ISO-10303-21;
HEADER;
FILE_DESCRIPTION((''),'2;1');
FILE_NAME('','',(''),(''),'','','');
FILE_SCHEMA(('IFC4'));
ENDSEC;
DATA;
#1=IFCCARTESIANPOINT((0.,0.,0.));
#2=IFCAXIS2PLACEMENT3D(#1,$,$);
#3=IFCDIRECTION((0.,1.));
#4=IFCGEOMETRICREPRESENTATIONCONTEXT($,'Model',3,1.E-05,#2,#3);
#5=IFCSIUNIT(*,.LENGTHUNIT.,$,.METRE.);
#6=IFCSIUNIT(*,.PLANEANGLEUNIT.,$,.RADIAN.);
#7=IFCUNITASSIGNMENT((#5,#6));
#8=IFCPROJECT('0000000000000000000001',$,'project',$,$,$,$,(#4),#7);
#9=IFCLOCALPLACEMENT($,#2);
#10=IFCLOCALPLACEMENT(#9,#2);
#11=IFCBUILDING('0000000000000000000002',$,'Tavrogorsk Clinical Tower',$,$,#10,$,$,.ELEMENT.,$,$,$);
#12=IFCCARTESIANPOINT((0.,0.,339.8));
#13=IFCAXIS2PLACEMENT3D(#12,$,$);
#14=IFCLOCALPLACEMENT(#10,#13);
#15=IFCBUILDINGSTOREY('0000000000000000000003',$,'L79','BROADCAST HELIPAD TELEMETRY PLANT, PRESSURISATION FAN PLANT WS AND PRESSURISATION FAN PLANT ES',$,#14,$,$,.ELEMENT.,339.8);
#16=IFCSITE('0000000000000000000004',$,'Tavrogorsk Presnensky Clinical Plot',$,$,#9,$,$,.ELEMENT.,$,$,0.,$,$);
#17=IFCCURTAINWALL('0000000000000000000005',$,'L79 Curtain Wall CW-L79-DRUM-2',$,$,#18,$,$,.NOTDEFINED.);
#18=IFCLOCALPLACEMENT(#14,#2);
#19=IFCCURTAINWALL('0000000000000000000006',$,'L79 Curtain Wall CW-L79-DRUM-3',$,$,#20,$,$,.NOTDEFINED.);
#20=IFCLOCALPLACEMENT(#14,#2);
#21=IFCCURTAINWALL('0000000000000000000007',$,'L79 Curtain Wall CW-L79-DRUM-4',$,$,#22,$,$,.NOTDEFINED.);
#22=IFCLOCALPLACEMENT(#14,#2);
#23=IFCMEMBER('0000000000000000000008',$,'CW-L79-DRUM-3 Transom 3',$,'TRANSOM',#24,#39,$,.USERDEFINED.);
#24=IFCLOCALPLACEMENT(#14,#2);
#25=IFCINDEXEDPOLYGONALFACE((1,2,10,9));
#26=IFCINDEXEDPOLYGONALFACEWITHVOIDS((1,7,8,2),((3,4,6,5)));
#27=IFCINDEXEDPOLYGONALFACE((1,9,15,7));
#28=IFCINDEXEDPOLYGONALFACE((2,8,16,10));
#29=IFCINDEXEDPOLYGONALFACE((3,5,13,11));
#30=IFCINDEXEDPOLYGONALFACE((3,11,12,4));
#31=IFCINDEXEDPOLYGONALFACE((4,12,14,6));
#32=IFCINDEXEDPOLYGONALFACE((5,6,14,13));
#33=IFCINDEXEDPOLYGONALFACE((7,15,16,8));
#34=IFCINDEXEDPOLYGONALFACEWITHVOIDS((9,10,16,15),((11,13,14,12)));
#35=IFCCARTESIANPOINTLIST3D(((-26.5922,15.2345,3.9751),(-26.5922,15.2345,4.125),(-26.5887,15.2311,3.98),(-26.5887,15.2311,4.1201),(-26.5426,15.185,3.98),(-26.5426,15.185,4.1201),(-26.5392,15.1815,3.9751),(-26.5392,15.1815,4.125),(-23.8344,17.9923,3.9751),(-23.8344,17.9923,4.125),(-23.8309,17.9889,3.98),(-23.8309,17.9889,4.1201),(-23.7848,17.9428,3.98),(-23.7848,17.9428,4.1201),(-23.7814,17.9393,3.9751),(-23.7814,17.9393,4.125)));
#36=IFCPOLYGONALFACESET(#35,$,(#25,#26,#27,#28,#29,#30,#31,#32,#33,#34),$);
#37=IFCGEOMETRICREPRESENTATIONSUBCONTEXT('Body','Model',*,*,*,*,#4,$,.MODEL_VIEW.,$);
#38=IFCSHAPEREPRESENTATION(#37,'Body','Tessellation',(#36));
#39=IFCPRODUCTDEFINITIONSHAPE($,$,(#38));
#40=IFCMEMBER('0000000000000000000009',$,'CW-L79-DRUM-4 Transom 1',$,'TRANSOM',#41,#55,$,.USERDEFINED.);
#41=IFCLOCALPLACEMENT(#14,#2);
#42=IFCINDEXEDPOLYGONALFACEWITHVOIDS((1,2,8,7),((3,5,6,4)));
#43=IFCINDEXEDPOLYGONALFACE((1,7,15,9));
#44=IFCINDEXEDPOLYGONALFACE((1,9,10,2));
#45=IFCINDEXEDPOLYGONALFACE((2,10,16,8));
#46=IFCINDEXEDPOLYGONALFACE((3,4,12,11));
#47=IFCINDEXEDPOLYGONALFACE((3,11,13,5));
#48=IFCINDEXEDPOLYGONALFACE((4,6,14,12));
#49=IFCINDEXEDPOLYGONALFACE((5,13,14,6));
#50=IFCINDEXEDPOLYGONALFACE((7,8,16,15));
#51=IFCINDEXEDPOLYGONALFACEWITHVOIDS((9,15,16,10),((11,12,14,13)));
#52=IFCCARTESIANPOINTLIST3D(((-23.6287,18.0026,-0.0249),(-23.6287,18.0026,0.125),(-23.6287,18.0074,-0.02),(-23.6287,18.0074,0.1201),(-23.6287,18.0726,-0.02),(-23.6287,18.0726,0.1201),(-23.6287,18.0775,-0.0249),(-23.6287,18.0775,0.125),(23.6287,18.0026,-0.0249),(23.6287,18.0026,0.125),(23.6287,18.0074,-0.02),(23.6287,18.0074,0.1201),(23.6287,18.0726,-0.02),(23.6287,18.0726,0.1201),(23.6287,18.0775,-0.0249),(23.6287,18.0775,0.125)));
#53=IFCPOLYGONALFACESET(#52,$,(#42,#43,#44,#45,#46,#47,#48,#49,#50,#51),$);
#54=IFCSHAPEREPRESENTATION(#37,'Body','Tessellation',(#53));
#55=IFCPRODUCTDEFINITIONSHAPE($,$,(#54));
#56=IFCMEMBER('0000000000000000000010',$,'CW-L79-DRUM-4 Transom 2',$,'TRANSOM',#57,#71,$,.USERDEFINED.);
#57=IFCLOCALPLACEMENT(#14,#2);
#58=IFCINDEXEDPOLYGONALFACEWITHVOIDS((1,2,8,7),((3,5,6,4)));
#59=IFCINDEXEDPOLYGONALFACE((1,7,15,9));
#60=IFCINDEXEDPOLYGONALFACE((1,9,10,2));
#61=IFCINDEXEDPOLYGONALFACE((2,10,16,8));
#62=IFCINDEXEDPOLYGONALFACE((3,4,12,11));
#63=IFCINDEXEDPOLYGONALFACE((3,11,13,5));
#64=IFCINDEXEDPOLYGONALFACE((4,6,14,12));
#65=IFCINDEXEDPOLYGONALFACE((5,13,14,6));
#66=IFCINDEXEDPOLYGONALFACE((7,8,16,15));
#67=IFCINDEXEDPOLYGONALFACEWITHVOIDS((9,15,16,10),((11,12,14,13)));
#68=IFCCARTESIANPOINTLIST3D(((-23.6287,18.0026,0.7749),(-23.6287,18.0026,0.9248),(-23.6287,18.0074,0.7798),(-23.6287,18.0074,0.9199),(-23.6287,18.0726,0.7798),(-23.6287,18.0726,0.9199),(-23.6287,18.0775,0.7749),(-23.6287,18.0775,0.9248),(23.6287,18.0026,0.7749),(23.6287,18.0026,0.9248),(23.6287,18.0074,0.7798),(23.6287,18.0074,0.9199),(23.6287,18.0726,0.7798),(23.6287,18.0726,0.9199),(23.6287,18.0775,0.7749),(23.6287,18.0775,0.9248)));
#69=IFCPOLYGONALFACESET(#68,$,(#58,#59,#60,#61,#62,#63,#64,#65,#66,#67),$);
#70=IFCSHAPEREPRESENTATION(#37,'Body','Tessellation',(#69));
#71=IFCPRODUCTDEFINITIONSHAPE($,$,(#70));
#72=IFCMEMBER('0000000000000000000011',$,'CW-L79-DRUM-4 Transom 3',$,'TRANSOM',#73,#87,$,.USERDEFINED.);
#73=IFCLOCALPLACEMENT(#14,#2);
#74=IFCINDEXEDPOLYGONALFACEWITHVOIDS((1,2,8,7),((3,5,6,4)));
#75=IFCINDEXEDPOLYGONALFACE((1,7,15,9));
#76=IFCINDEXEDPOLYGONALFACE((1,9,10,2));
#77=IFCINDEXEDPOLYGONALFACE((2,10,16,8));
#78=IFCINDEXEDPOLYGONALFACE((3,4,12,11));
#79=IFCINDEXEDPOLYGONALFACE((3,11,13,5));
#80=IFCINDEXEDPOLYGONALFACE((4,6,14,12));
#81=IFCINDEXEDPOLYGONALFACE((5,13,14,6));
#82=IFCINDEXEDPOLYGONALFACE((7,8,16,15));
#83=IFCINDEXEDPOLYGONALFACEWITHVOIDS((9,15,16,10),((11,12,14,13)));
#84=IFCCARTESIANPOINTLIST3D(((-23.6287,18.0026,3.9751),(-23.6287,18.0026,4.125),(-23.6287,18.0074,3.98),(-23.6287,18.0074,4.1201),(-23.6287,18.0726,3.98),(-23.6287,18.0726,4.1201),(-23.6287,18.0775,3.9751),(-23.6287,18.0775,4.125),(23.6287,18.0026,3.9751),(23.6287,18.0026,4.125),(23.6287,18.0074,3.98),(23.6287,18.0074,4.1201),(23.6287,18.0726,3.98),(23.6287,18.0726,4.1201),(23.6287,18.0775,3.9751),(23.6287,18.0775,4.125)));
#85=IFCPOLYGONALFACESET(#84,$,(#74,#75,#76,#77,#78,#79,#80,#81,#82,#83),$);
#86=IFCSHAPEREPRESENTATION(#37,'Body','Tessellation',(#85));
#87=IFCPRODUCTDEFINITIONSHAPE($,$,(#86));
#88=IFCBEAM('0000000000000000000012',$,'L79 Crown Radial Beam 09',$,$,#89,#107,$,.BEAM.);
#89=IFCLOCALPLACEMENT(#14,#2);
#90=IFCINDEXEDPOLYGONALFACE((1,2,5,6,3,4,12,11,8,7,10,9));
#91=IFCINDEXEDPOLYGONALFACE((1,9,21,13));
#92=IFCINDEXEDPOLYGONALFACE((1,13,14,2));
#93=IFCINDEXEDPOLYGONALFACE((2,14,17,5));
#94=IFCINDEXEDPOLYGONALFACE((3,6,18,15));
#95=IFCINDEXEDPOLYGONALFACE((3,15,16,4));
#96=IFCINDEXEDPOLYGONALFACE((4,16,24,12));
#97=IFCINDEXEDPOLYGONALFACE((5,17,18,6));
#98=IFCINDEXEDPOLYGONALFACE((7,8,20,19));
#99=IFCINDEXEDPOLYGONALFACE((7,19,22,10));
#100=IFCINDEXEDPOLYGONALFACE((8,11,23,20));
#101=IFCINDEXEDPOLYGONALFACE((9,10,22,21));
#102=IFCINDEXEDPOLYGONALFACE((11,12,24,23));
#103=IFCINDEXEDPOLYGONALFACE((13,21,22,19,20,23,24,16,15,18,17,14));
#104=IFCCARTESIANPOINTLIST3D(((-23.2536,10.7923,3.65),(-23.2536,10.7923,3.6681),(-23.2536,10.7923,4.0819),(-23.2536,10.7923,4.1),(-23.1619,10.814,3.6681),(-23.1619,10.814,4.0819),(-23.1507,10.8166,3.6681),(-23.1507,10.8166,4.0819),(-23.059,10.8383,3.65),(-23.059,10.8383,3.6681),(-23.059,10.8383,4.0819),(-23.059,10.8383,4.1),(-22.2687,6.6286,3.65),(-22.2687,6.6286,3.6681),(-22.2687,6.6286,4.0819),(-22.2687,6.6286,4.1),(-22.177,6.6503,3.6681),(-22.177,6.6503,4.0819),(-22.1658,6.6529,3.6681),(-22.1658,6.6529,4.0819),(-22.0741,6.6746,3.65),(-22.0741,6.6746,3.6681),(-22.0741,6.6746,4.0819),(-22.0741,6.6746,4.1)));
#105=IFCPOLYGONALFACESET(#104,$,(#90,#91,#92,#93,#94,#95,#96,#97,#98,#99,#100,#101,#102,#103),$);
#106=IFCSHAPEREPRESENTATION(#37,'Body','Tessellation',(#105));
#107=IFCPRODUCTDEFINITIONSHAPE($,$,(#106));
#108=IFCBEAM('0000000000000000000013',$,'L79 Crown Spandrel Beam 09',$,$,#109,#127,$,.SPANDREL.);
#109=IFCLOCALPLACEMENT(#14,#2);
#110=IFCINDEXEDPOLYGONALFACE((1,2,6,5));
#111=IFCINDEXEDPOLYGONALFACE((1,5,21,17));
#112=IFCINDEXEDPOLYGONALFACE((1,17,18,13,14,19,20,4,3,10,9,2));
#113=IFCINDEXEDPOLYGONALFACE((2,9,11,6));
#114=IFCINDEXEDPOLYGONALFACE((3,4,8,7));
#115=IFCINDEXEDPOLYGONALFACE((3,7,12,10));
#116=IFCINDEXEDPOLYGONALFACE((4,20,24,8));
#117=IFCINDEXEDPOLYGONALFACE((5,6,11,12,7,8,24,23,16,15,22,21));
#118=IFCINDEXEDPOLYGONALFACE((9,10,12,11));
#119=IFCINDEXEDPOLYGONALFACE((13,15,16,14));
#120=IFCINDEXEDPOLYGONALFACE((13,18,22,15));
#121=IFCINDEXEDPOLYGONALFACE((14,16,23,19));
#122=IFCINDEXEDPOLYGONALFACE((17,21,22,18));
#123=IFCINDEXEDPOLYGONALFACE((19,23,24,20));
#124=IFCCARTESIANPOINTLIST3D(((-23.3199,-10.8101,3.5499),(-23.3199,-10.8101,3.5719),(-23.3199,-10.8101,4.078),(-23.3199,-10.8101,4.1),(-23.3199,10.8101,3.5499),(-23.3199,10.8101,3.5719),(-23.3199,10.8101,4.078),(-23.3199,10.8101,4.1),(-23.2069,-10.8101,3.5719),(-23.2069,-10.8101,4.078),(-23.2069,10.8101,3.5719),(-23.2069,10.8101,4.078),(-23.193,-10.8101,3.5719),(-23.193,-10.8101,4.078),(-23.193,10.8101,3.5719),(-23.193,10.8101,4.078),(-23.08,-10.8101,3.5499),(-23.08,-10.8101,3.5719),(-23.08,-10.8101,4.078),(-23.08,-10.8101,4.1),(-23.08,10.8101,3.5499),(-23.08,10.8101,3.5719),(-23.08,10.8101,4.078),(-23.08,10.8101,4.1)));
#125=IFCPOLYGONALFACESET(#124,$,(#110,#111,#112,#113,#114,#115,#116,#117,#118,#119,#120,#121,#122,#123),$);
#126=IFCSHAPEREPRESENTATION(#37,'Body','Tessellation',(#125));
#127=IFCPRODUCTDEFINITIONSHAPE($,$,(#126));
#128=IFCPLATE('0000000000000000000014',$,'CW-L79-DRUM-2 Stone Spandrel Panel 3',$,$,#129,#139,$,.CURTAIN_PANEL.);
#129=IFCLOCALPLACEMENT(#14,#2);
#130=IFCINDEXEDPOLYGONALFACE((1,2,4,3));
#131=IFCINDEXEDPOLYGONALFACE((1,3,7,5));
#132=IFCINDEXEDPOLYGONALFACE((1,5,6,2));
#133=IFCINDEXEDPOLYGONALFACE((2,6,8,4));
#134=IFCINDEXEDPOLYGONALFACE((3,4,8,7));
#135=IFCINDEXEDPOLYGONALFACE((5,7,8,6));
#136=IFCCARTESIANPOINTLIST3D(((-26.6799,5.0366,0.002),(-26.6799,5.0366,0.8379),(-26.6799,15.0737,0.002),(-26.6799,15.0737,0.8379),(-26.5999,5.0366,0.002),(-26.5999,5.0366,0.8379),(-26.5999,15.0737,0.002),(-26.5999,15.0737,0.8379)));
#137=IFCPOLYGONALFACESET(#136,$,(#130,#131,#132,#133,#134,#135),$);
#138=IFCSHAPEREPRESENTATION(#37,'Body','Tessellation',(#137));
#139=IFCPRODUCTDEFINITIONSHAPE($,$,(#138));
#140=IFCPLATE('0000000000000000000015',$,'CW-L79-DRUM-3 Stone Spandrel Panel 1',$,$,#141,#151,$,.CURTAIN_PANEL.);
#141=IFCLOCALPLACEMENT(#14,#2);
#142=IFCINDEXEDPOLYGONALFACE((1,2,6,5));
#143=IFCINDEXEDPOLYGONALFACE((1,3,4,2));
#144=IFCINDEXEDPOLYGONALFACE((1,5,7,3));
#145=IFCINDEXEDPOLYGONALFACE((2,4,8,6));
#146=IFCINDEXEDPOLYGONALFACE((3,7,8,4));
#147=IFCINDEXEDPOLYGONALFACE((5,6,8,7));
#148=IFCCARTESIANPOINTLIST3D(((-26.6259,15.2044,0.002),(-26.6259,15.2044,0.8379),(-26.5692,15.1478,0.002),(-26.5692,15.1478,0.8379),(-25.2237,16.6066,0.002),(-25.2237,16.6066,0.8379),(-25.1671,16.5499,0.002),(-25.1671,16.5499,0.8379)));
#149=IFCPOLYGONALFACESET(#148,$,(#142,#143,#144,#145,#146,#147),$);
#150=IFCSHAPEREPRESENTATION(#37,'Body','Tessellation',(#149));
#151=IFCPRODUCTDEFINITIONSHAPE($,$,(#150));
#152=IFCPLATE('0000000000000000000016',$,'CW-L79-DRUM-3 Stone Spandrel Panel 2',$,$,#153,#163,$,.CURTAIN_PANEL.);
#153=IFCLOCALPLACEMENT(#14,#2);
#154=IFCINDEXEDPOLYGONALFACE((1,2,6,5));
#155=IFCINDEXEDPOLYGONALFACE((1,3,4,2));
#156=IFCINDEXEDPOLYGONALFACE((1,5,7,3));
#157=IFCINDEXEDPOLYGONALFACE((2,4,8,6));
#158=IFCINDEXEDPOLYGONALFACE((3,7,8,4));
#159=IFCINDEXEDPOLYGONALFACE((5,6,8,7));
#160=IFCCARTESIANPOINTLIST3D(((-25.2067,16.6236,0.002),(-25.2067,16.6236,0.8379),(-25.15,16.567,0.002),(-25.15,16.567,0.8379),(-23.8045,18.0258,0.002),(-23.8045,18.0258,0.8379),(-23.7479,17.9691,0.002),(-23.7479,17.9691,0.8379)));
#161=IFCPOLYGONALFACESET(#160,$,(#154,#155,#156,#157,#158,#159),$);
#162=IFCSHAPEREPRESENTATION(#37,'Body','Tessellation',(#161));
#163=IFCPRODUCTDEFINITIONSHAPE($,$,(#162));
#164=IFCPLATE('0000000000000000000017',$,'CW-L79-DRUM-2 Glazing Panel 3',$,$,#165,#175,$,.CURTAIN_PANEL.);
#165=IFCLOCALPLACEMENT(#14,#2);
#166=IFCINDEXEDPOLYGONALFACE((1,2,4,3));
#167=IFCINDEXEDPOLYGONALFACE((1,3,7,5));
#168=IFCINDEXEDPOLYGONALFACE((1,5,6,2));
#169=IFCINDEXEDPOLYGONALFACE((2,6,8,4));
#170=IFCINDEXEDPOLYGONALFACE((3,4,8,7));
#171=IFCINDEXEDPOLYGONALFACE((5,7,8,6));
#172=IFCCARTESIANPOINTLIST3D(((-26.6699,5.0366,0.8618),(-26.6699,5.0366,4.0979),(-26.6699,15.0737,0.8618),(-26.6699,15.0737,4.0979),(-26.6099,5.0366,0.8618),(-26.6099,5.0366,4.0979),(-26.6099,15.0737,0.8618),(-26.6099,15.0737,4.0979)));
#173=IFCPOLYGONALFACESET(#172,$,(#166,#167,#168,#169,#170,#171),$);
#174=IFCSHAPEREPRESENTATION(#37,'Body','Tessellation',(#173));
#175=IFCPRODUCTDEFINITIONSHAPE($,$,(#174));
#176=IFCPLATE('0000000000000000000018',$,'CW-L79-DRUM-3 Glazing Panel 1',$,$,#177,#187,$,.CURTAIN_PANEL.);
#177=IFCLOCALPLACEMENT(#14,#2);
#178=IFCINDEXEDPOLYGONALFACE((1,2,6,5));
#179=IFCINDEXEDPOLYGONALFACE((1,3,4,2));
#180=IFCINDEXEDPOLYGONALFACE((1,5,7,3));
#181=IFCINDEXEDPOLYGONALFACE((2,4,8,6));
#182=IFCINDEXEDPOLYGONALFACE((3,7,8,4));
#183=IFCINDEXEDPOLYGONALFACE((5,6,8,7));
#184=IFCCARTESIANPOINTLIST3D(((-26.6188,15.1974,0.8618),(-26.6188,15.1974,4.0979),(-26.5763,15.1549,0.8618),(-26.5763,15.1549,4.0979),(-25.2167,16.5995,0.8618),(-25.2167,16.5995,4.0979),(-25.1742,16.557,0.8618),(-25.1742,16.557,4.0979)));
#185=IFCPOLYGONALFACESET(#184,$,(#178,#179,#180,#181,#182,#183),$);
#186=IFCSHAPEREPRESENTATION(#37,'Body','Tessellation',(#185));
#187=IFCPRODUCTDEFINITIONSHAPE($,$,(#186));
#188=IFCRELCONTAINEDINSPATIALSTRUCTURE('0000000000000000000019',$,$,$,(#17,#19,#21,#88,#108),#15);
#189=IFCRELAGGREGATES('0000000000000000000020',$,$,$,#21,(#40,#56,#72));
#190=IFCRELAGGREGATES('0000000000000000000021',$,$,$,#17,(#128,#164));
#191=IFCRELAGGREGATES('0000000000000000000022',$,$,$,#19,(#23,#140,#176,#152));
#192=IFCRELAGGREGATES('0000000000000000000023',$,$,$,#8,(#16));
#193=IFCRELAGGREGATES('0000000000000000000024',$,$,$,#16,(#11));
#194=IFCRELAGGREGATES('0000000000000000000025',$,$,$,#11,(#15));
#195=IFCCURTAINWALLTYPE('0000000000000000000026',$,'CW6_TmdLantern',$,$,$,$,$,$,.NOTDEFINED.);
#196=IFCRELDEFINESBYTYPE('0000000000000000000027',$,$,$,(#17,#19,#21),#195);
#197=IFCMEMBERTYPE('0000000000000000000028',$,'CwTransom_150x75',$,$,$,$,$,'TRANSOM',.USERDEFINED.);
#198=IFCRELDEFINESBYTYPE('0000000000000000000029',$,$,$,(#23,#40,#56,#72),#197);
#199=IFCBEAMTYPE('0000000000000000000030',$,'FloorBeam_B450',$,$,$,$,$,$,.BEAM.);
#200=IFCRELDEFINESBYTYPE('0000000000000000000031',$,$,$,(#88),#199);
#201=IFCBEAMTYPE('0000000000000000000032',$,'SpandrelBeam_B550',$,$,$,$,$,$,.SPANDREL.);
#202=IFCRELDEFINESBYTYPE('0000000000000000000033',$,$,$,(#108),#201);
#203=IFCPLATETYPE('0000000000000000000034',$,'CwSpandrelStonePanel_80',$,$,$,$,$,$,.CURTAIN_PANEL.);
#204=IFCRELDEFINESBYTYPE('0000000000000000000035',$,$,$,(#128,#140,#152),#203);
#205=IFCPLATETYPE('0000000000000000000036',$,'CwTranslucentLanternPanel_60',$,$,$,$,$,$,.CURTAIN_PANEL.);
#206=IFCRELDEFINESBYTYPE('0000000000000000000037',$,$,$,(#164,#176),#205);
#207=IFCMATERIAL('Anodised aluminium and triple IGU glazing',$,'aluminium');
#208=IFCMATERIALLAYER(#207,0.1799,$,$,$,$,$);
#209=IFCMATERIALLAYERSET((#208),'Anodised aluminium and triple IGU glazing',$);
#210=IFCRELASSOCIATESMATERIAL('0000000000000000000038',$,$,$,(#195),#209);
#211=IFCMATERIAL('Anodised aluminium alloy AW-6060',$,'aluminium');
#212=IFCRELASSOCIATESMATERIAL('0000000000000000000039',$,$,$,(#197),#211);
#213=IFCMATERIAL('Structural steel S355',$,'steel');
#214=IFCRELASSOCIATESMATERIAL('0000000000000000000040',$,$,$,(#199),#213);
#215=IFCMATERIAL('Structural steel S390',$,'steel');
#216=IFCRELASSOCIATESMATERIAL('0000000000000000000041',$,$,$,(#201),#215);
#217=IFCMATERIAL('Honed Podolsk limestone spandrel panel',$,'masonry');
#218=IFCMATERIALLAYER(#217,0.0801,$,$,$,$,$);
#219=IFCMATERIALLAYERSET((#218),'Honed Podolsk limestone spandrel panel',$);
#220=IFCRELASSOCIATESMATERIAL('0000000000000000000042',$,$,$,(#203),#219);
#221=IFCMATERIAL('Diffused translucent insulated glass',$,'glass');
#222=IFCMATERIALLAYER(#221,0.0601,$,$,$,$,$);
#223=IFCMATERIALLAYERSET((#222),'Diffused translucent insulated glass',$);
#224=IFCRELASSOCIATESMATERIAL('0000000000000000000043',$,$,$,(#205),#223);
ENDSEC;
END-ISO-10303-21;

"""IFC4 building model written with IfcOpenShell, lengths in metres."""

from ifc_helpers import new_model, si_unit, direction, frame, origin, origin_2d, place, context, subcontext, project, spatial, rectangle, hollow_rectangle, i_section, extrude, material, layer, layer_set, material_profile, profile_set, type_object, element, aggregate, save


model = new_model("IFC4")

# Units and contexts
model_context = context("Model", 3, precision=1e-05, world=origin(), true_north=direction((0.0, 1.0)))
body_context = subcontext(model_context, "Body", "Model", "MODEL_VIEW")
ifc_project = project(units=[si_unit("LENGTHUNIT", "METRE"), si_unit("PLANEANGLEUNIT", "RADIAN")], contexts=[model_context])

# Site, building, storey
site_placement = place(None, origin())
site = spatial("IfcSite", under=ifc_project, at=site_placement, Name="Tavrogorsk Presnensky Clinical Plot", CompositionType="ELEMENT", RefElevation=0.0)
building_placement = place(site_placement, origin())
building = spatial("IfcBuilding", under=site, at=building_placement, Name="Tavrogorsk Clinical Tower", CompositionType="ELEMENT")
storey_placement = place(building_placement, frame((0.0, 0.0, 339.8)))
storey = spatial("IfcBuildingStorey", under=building, at=storey_placement, Name="L79", Description="BROADCAST HELIPAD TELEMETRY PLANT, PRESSURISATION FAN PLANT WS AND PRESSURISATION FAN PLANT ES", CompositionType="ELEMENT", Elevation=339.8)

# Curtain walls
ifc_material_1 = material(Name="Anodised aluminium and triple IGU glazing", Category="aluminium")
ifc_layer_1 = layer(ifc_material_1, 0.1799)
ifc_layer_set_1 = layer_set([ifc_layer_1], Name="Anodised aluminium and triple IGU glazing")
curtain_wall_type = type_object("IfcCurtainWallType", Name="CW6_TmdLantern", PredefinedType="NOTDEFINED", material=ifc_layer_set_1)
curtain_wall_1_placement = place(storey_placement, origin())
curtain_wall_1 = element("IfcCurtainWall", 1, at=curtain_wall_1_placement, inside=storey, type_object=curtain_wall_type, Name="L79 Curtain Wall CW-L79-DRUM-2", PredefinedType="NOTDEFINED")
curtain_wall_2_placement = place(storey_placement, origin())
curtain_wall_2 = element("IfcCurtainWall", 2, at=curtain_wall_2_placement, inside=storey, type_object=curtain_wall_type, Name="L79 Curtain Wall CW-L79-DRUM-3", PredefinedType="NOTDEFINED")

# Curtain wall
curtain_wall_3_placement = place(storey_placement, origin())
curtain_wall_3 = element("IfcCurtainWall", 3, at=curtain_wall_3_placement, inside=storey, type_object=curtain_wall_type, Name="L79 Curtain Wall CW-L79-DRUM-4", PredefinedType="NOTDEFINED")

# Members
ifc_material_2 = material(Name="Anodised aluminium alloy AW-6060", Category="aluminium")
ifc_material_profile_1 = material_profile(ifc_material_2, hollow_rectangle(XDim=0.075, YDim=0.1499, WallThickness=0.0049, at=origin_2d()), Name="RHS-150x75x5")
ifc_profile_set_1 = profile_set([ifc_material_profile_1], Name="Anodised aluminium alloy AW-6060")
member_type_1 = type_object("IfcMemberType", Name="CwTransom_150x75", ElementType="TRANSOM", PredefinedType="USERDEFINED", material=ifc_profile_set_1)
member_1_placement = place(storey_placement, frame((-26.5657, 15.208, 4.05), z_axis=(0.707107, 0.707107, 0.0), x_axis=(-0.707107, 0.707107, 0.0)))
member_1 = element("IfcMember", 4, at=member_1_placement, type_object=member_type_1, Name="CW-L79-DRUM-3 Transom 3", ObjectType="TRANSOM", PredefinedType="USERDEFINED", context=body_context, shape_type="SweptSolid", body=[
    extrude(hollow_rectangle(XDim=0.075, YDim=0.1499, WallThickness=0.0049, at=origin_2d()), origin(), (0.0, 0.0, 1.0), 3.9001),
])
member_2_placement = place(storey_placement, frame((-23.6287, 18.04, 0.05), z_axis=(1.0, 0.0, 0.0), x_axis=(0.0, 1.0, 0.0)))
member_2 = element("IfcMember", 5, at=member_2_placement, type_object=member_type_1, Name="CW-L79-DRUM-4 Transom 1", ObjectType="TRANSOM", PredefinedType="USERDEFINED", context=body_context, shape_type="SweptSolid", body=[
    extrude(hollow_rectangle(XDim=0.075, YDim=0.1499, WallThickness=0.0049, at=origin_2d()), origin(), (0.0, 0.0, 1.0), 47.2573),
])
member_3_placement = place(storey_placement, frame((-23.6287, 18.04, 0.8499), z_axis=(1.0, 0.0, 0.0), x_axis=(0.0, 1.0, 0.0)))
member_3 = element("IfcMember", 6, at=member_3_placement, type_object=member_type_1, Name="CW-L79-DRUM-4 Transom 2", ObjectType="TRANSOM", PredefinedType="USERDEFINED", context=body_context, shape_type="SweptSolid", body=[
    extrude(hollow_rectangle(XDim=0.075, YDim=0.1499, WallThickness=0.0049, at=origin_2d()), origin(), (0.0, 0.0, 1.0), 47.2573),
])
member_4_placement = place(storey_placement, frame((-23.6287, 18.04, 4.05), z_axis=(1.0, 0.0, 0.0), x_axis=(0.0, 1.0, 0.0)))
member_4 = element("IfcMember", 7, at=member_4_placement, type_object=member_type_1, Name="CW-L79-DRUM-4 Transom 3", ObjectType="TRANSOM", PredefinedType="USERDEFINED", context=body_context, shape_type="SweptSolid", body=[
    extrude(hollow_rectangle(XDim=0.075, YDim=0.1499, WallThickness=0.0049, at=origin_2d()), origin(), (0.0, 0.0, 1.0), 47.2573),
])
aggregate(curtain_wall_3, [member_2, member_3, member_4])

# Beams
ifc_material_3 = material(Name="Structural steel S355", Category="steel")
ifc_material_profile_2 = material_profile(ifc_material_3, i_section(OverallWidth=0.2, OverallDepth=0.45, WebThickness=0.0115, FlangeThickness=0.0181, at=origin_2d()), Name="B-450x200x11.5x18")
ifc_profile_set_2 = profile_set([ifc_material_profile_2], Name="Structural steel S355")
beam_type_1 = type_object("IfcBeamType", Name="FloorBeam_B450", PredefinedType="BEAM", material=ifc_profile_set_2)
beam_1_placement = place(storey_placement, frame((-22.1714, 6.6516, 3.875), z_axis=(-0.230191, 0.973146, 0.0), x_axis=(-0.973146, -0.230191, 0.0)))
element("IfcBeam", 8, at=beam_1_placement, inside=storey, type_object=beam_type_1, Name="L79 Crown Radial Beam 09", PredefinedType="BEAM", context=body_context, shape_type="SweptSolid", body=[
    extrude(i_section(OverallWidth=0.2, OverallDepth=0.45, WebThickness=0.0115, FlangeThickness=0.0181, at=origin_2d()), origin(), (0.0, 0.0, 1.0), 4.2786),
])
ifc_material_4 = material(Name="Structural steel S390", Category="steel")
ifc_material_profile_3 = material_profile(ifc_material_4, i_section(OverallWidth=0.24, OverallDepth=0.55, WebThickness=0.0139, FlangeThickness=0.022, at=origin_2d()), Name="B-550x240x14x22")
ifc_profile_set_3 = profile_set([ifc_material_profile_3], Name="Structural steel S390")
beam_type_2 = type_object("IfcBeamType", Name="SpandrelBeam_B550", PredefinedType="SPANDREL", material=ifc_profile_set_3)
beam_2_placement = place(storey_placement, frame((-23.2, 10.8101, 3.825), z_axis=(0.0, -1.0, 0.0), x_axis=(1.0, 0.0, 0.0)))
element("IfcBeam", 9, at=beam_2_placement, inside=storey, type_object=beam_type_2, Name="L79 Crown Spandrel Beam 09", PredefinedType="SPANDREL", context=body_context, shape_type="SweptSolid", body=[
    extrude(i_section(OverallWidth=0.24, OverallDepth=0.55, WebThickness=0.0139, FlangeThickness=0.022, at=origin_2d()), origin(), (0.0, 0.0, 1.0), 21.6201),
])

# Plates
ifc_material_5 = material(Name="Honed Podolsk limestone spandrel panel", Category="masonry")
ifc_layer_2 = layer(ifc_material_5, 0.0801)
ifc_layer_set_2 = layer_set([ifc_layer_2], Name="Honed Podolsk limestone spandrel panel")
plate_type_1 = type_object("IfcPlateType", Name="CwSpandrelStonePanel_80", PredefinedType="CURTAIN_PANEL", material=ifc_layer_set_2)
plate_1_placement = place(storey_placement, frame((-26.6399, 10.0552, 0.002), z_axis=(0.0, 0.0, 1.0), x_axis=(0.0, 1.0, 0.0)))
plate_1 = element("IfcPlate", 10, at=plate_1_placement, type_object=plate_type_1, Name="CW-L79-DRUM-2 Stone Spandrel Panel 3", PredefinedType="CURTAIN_PANEL", context=body_context, shape_type="SweptSolid", body=[
    extrude(rectangle(XDim=10.0371, YDim=0.0801, at=origin_2d()), origin(), (0.0, 0.0, 1.0), 0.8359),
])
plate_2_placement = place(storey_placement, frame((-25.8965, 15.8772, 0.002), z_axis=(0.0, 0.0, 1.0), x_axis=(0.707107, 0.707107, 0.0)))
plate_2 = element("IfcPlate", 11, at=plate_2_placement, type_object=plate_type_1, Name="CW-L79-DRUM-3 Stone Spandrel Panel 1", PredefinedType="CURTAIN_PANEL", context=body_context, shape_type="SweptSolid", body=[
    extrude(rectangle(XDim=1.9829, YDim=0.0801, at=origin_2d()), origin(), (0.0, 0.0, 1.0), 0.8359),
])
plate_3_placement = place(storey_placement, frame((-24.4773, 17.2964, 0.002), z_axis=(0.0, 0.0, 1.0), x_axis=(0.707107, 0.707107, 0.0)))
plate_3 = element("IfcPlate", 12, at=plate_3_placement, type_object=plate_type_1, Name="CW-L79-DRUM-3 Stone Spandrel Panel 2", PredefinedType="CURTAIN_PANEL", context=body_context, shape_type="SweptSolid", body=[
    extrude(rectangle(XDim=1.9829, YDim=0.0801, at=origin_2d()), origin(), (0.0, 0.0, 1.0), 0.8359),
])
ifc_material_6 = material(Name="Diffused translucent insulated glass", Category="glass")
ifc_layer_3 = layer(ifc_material_6, 0.0601)
ifc_layer_set_3 = layer_set([ifc_layer_3], Name="Diffused translucent insulated glass")
plate_type_2 = type_object("IfcPlateType", Name="CwTranslucentLanternPanel_60", PredefinedType="CURTAIN_PANEL", material=ifc_layer_set_3)
plate_4_placement = place(storey_placement, frame((-26.6399, 10.0552, 0.8618), z_axis=(0.0, 0.0, 1.0), x_axis=(0.0, 1.0, 0.0)))
plate_4 = element("IfcPlate", 13, at=plate_4_placement, type_object=plate_type_2, Name="CW-L79-DRUM-2 Glazing Panel 3", PredefinedType="CURTAIN_PANEL", context=body_context, shape_type="SweptSolid", body=[
    extrude(rectangle(XDim=10.0371, YDim=0.0601, at=origin_2d()), origin(), (0.0, 0.0, 1.0), 3.2361),
])
aggregate(curtain_wall_1, [plate_1, plate_4])
plate_5_placement = place(storey_placement, frame((-25.8965, 15.8772, 0.8618), z_axis=(0.0, 0.0, 1.0), x_axis=(0.707107, 0.707107, 0.0)))
plate_5 = element("IfcPlate", 14, at=plate_5_placement, type_object=plate_type_2, Name="CW-L79-DRUM-3 Glazing Panel 1", PredefinedType="CURTAIN_PANEL", context=body_context, shape_type="SweptSolid", body=[
    extrude(rectangle(XDim=1.9829, YDim=0.0601, at=origin_2d()), origin(), (0.0, 0.0, 1.0), 3.2361),
])
aggregate(curtain_wall_2, [member_1, plate_2, plate_5, plate_3])

save(model, "model.ifc")
